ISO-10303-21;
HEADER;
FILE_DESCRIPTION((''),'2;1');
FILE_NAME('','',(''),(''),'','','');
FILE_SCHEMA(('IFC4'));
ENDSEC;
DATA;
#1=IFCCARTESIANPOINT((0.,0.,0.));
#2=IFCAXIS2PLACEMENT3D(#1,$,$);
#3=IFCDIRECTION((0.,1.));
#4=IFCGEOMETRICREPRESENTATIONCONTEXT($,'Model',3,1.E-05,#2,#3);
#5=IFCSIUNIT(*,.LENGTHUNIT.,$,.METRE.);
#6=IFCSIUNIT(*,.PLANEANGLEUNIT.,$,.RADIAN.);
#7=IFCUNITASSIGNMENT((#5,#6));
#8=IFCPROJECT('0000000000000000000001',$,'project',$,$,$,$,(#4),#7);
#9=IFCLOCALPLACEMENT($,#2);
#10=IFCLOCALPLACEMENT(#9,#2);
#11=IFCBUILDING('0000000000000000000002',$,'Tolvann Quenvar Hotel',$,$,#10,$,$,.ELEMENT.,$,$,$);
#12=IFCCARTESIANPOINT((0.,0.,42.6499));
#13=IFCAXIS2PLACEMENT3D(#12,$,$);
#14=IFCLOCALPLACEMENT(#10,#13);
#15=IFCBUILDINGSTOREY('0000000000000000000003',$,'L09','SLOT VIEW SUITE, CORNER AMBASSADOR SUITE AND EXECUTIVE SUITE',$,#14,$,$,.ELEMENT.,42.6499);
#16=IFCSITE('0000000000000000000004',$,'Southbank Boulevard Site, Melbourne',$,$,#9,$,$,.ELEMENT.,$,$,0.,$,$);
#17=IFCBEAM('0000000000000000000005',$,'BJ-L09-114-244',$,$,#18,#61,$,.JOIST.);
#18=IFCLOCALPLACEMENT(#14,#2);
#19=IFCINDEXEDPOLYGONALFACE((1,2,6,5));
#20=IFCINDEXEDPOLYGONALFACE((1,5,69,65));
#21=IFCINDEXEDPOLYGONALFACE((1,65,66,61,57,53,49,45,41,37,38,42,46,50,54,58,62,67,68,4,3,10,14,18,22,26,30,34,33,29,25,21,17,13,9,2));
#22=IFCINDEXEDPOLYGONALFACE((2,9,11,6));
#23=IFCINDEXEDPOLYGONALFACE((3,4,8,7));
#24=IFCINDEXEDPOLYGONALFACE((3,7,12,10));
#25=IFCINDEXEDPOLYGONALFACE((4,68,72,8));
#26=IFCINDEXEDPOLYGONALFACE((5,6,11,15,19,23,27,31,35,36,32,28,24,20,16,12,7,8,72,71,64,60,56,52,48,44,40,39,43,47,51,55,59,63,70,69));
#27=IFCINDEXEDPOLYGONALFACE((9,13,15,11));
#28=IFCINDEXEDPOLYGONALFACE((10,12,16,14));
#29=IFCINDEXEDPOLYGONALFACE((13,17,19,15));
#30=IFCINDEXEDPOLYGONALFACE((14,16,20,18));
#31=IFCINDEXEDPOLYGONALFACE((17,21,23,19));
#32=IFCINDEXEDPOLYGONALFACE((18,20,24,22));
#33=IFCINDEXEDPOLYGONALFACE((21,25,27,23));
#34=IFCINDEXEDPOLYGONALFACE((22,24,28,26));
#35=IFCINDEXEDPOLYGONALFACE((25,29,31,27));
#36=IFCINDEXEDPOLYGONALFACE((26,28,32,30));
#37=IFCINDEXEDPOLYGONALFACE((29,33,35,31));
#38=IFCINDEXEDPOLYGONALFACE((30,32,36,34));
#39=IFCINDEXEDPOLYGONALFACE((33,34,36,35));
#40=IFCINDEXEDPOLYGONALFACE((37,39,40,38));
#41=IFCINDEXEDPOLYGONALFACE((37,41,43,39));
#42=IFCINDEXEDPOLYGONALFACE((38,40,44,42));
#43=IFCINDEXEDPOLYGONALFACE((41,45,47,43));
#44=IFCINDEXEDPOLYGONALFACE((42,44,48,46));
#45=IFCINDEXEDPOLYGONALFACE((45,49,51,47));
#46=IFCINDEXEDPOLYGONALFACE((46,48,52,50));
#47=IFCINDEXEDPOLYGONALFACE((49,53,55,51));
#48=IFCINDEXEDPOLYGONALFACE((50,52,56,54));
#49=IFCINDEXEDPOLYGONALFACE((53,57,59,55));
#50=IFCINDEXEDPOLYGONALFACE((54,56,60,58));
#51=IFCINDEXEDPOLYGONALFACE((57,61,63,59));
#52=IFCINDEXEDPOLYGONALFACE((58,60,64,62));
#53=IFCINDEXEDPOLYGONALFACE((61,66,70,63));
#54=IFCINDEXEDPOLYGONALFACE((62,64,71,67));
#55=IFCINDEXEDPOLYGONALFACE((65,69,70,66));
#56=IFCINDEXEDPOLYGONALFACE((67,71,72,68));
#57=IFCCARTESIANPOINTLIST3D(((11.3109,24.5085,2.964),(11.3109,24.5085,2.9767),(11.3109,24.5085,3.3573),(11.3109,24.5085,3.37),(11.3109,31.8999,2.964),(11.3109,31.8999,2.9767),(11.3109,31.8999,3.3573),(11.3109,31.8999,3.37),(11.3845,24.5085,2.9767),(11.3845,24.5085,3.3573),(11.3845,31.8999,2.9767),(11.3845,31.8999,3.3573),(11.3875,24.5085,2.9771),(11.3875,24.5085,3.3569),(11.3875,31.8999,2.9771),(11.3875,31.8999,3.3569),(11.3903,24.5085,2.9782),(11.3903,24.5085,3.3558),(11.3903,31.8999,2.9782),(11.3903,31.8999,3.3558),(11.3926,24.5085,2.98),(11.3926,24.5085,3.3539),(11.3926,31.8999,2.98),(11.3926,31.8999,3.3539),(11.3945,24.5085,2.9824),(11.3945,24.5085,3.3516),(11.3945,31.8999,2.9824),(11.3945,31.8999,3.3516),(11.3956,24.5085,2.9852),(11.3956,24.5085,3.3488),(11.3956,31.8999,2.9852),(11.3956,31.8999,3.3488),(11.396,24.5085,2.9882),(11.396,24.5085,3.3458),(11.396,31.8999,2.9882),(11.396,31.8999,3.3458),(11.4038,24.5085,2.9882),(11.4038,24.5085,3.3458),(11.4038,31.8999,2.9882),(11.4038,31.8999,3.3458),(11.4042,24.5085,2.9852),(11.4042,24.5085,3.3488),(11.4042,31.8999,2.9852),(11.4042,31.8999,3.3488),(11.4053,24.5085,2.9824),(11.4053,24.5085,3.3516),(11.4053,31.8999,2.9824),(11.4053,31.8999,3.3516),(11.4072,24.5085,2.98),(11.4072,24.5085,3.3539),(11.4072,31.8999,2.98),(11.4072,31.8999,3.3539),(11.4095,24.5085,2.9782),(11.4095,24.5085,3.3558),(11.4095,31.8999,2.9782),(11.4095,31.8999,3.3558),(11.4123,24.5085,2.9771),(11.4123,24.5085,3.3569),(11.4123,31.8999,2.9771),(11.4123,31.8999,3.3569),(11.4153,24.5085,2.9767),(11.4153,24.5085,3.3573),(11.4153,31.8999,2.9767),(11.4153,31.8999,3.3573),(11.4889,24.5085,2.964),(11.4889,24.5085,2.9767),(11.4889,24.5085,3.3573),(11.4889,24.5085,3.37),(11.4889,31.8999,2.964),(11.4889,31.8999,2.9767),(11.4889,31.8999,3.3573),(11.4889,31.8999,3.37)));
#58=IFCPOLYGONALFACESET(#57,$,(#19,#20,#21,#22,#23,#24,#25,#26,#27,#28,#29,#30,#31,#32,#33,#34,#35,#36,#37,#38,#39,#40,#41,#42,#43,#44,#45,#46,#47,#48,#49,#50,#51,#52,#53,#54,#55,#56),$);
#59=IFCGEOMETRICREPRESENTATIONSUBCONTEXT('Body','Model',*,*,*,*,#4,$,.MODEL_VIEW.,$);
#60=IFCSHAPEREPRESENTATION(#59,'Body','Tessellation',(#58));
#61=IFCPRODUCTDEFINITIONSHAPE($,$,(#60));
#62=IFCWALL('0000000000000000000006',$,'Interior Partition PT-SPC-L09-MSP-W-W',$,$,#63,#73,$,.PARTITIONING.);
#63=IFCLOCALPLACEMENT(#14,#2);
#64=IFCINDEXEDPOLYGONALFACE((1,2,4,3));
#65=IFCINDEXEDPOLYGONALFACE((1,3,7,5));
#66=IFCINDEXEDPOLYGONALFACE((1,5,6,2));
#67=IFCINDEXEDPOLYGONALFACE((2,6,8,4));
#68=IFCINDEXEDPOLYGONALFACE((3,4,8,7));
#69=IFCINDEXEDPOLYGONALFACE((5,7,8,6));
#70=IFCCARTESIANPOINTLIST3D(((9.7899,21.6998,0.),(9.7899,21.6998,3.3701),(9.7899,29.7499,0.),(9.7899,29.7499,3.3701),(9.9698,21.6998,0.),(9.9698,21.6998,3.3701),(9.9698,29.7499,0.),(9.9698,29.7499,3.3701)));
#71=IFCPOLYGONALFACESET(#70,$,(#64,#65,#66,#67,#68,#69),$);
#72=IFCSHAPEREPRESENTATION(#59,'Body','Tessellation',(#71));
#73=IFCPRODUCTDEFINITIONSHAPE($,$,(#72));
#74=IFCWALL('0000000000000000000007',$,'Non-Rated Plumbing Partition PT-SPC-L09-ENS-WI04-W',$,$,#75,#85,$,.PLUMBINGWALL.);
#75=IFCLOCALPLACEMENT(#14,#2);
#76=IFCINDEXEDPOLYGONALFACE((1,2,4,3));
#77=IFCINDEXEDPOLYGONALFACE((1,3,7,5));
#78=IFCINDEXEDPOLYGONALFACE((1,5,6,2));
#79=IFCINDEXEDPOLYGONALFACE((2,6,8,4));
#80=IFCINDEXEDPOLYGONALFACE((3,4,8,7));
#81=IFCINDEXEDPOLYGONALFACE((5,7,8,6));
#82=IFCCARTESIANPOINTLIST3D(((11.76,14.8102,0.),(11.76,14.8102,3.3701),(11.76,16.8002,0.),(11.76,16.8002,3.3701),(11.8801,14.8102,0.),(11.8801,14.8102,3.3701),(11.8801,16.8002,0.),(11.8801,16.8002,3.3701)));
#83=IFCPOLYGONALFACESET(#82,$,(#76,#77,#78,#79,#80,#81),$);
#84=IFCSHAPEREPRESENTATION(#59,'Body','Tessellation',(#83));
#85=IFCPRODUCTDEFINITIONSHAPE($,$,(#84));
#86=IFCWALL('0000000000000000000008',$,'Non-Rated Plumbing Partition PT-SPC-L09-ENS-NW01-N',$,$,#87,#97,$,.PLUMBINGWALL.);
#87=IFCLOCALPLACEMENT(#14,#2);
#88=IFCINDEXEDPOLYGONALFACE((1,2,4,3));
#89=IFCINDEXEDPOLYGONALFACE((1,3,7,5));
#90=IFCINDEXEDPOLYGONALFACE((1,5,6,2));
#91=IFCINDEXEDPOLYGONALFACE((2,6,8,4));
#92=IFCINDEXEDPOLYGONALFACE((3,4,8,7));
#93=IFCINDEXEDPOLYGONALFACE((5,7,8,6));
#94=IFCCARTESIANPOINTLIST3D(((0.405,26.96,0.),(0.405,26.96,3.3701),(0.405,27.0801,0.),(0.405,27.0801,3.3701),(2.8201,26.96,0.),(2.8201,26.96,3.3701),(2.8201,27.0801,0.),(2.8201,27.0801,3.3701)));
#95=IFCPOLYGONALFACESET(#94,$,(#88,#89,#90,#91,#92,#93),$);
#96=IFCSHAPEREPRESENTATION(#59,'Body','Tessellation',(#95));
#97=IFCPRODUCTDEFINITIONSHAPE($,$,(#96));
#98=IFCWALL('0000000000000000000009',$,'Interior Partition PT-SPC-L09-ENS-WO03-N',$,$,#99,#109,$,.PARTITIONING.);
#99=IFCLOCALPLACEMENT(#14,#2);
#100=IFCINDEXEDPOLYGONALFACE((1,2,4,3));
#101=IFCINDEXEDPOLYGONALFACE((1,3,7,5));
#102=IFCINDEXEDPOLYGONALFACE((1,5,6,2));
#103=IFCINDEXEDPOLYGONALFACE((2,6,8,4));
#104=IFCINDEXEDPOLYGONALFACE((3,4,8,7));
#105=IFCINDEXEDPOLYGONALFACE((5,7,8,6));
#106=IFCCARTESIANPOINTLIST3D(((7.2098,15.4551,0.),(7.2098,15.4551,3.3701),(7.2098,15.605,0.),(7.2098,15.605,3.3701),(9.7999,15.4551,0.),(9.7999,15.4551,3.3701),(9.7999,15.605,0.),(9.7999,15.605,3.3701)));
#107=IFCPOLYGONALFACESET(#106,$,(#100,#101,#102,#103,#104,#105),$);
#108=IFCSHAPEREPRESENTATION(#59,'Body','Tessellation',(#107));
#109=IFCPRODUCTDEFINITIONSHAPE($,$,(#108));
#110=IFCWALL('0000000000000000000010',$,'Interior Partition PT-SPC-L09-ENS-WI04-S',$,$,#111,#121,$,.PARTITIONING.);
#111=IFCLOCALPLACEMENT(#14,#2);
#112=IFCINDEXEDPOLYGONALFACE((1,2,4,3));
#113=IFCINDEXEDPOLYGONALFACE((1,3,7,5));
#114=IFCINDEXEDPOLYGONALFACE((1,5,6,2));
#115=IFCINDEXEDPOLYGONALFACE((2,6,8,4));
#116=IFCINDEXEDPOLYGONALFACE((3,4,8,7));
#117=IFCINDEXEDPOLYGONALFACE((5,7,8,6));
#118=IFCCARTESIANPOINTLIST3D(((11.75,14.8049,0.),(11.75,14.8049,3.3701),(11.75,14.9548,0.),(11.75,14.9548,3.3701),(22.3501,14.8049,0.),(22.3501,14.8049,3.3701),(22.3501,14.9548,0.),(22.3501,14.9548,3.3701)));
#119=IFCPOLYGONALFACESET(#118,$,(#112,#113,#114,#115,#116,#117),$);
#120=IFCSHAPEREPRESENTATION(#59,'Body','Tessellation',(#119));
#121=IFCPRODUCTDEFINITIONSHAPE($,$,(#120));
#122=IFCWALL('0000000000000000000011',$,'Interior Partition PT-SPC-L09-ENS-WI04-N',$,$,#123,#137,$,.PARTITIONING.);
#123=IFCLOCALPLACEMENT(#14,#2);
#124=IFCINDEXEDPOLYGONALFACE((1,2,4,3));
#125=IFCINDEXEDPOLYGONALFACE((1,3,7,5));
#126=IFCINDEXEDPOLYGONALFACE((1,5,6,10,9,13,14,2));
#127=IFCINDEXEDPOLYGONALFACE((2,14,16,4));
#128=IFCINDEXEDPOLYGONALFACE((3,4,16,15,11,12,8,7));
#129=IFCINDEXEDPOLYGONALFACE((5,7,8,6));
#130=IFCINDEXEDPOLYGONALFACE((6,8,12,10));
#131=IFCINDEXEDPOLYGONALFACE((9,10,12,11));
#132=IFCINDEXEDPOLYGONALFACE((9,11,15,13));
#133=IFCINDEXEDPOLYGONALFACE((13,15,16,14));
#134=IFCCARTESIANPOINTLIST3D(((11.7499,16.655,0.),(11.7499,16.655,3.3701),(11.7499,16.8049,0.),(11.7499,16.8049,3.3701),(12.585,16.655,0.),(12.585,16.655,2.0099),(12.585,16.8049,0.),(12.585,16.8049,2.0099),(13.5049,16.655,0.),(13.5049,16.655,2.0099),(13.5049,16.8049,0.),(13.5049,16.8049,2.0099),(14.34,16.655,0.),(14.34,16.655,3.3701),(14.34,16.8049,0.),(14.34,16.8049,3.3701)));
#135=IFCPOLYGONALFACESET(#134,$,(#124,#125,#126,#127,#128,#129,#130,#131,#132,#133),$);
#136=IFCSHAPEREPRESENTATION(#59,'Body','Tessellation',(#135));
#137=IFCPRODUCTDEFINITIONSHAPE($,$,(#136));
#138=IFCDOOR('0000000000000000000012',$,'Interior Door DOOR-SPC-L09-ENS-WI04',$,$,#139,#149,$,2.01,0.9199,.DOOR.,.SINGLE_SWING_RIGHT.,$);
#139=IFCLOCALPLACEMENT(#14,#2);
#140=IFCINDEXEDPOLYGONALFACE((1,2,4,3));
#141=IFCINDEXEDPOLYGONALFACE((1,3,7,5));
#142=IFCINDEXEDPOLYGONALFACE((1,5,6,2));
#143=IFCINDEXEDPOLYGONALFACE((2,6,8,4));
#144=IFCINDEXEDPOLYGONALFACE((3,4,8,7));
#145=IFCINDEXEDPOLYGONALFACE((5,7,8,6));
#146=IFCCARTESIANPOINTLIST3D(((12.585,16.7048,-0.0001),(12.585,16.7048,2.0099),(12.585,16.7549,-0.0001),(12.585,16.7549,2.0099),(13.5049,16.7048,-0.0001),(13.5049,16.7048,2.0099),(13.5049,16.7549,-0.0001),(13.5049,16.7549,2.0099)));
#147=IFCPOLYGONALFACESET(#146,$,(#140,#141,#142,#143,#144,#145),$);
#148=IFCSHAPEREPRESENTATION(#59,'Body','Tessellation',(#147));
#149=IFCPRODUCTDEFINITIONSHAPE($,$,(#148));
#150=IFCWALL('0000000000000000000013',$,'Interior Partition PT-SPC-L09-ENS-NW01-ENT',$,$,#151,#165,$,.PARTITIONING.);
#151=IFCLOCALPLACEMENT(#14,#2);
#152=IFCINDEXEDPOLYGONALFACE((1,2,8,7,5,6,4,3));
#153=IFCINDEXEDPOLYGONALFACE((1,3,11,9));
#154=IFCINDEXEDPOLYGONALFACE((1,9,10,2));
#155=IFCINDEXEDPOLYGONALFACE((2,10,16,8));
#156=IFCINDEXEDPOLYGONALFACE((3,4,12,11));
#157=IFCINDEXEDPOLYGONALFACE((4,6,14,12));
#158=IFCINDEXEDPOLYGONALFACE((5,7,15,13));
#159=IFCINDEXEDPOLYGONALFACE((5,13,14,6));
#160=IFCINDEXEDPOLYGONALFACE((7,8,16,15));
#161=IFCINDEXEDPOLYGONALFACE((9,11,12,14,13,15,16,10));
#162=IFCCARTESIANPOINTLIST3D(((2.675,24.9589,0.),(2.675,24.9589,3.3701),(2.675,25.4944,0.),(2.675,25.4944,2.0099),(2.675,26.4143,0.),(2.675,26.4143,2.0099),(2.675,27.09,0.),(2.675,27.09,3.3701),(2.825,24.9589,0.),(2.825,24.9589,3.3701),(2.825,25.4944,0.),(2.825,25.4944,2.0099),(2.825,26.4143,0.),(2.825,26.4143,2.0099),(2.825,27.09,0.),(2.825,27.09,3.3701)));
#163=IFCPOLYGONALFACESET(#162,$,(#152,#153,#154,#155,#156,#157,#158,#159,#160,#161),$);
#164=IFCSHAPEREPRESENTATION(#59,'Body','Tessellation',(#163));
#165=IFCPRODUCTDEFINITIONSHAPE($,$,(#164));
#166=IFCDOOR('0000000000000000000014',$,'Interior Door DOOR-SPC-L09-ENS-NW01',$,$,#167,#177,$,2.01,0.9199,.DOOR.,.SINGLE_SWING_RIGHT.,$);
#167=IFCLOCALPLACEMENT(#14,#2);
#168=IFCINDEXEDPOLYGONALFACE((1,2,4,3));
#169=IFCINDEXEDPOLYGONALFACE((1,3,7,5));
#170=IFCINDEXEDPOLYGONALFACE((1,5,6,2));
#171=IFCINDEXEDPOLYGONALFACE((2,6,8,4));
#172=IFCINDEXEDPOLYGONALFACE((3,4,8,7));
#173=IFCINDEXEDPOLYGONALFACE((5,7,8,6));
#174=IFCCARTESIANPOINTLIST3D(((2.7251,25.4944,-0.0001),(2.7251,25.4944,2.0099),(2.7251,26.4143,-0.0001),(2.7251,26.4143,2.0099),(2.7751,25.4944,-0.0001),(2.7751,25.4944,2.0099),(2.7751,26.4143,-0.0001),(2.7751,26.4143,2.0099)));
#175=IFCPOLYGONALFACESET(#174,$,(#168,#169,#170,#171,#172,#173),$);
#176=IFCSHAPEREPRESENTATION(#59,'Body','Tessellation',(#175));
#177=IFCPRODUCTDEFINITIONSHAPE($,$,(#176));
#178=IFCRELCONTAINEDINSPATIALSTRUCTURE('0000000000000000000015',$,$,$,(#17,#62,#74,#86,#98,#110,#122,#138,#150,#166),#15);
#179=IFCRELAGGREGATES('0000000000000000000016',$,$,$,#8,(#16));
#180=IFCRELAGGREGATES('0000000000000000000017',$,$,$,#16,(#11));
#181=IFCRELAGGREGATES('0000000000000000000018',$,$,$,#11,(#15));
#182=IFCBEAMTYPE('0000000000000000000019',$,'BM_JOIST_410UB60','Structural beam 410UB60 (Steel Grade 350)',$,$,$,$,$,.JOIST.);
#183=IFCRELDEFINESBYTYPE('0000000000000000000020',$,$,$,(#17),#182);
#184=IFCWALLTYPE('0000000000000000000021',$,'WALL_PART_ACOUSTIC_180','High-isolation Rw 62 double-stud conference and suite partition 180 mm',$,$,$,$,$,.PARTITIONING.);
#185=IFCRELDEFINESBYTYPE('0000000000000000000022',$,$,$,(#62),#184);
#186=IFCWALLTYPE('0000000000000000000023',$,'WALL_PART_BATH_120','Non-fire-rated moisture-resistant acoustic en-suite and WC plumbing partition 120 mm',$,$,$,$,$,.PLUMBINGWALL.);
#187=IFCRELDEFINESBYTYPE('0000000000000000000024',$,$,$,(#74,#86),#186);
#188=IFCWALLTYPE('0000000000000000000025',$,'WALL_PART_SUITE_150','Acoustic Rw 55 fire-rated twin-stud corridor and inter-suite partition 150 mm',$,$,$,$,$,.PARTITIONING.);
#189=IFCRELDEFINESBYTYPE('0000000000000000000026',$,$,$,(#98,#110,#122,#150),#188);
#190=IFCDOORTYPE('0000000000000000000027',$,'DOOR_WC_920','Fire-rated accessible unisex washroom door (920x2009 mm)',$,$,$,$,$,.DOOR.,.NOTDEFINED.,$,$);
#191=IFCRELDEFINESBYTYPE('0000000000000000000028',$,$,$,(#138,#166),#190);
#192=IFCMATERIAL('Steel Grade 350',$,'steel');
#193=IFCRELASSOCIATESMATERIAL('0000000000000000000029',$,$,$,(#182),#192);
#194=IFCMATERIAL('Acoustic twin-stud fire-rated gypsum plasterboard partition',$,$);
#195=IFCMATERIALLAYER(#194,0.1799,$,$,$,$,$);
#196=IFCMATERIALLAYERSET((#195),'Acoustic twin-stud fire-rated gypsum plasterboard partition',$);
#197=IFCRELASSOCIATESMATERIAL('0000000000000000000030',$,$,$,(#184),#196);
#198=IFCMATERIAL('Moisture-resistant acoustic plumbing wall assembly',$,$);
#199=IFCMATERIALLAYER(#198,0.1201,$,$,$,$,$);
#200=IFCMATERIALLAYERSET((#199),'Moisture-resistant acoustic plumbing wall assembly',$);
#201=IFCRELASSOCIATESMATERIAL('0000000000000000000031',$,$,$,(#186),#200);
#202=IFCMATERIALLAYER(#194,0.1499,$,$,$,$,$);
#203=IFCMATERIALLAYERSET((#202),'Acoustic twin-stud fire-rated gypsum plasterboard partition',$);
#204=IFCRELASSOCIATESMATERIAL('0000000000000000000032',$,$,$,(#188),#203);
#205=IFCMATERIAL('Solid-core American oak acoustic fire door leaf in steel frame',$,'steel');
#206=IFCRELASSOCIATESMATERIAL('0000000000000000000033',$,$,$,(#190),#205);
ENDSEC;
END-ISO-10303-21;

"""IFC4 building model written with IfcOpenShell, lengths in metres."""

from ifc_helpers import new_model, si_unit, direction, frame, frame_2d, origin, origin_2d, place, context, subcontext, project, spatial, rectangle, i_section, extrude, source, transform, mapped, material, layer, layer_set, material_profile, profile_set, type_object, type_shapes, element, fill, save


model = new_model("IFC4")

# Units and contexts
model_context = context("Model", 3, precision=1e-05, world=origin(), true_north=direction((0.0, 1.0)))
body_context = subcontext(model_context, "Body", "Model", "MODEL_VIEW")
ifc_project = project(units=[si_unit("LENGTHUNIT", "METRE"), si_unit("PLANEANGLEUNIT", "RADIAN")], contexts=[model_context])

# Site, building, storey
site_placement = place(None, origin())
site = spatial("IfcSite", under=ifc_project, at=site_placement, Name="Southbank Boulevard Site, Melbourne", CompositionType="ELEMENT", RefElevation=0.0)
building_placement = place(site_placement, origin())
building = spatial("IfcBuilding", under=site, at=building_placement, Name="Tolvann Quenvar Hotel", CompositionType="ELEMENT")
storey_placement = place(building_placement, frame((0.0, 0.0, 42.6499)))
storey = spatial("IfcBuildingStorey", under=building, at=storey_placement, Name="L09", Description="SLOT VIEW SUITE, CORNER AMBASSADOR SUITE AND EXECUTIVE SUITE", CompositionType="ELEMENT", Elevation=42.6499)

# Shared definitions
ifc_material_1 = material(Name="Steel Grade 350", Category="steel")

# Beam
ifc_material_profile_1 = material_profile(ifc_material_1, i_section(OverallWidth=0.178, OverallDepth=0.406, WebThickness=0.0078, FlangeThickness=0.0127, FilletRadius=0.0115, at=origin_2d()), Name="410UB60")
ifc_profile_set_1 = profile_set([ifc_material_profile_1], Name="Steel Grade 350")
beam_type_1 = type_object("IfcBeamType", Name="BM_JOIST_410UB60", Description="Structural beam 410UB60 (Steel Grade 350)", PredefinedType="JOIST", material=ifc_profile_set_1)
shared_shape_1 = source(origin(), body_context, "Body", "SweptSolid", [
    extrude(i_section(OverallWidth=0.178, OverallDepth=0.406, WebThickness=0.0078, FlangeThickness=0.0127, FilletRadius=0.0115, at=origin_2d()), origin(), (0.0, 0.0, 1.0), 7.3914),
])
beam_1_placement = place(storey_placement, frame((11.3999, 24.5085, 3.167), z_axis=(0.0, 1.0, 0.0), x_axis=(-1.0, 0.0, 0.0)))
element("IfcBeam", 1, at=beam_1_placement, inside=storey, type_object=beam_type_1, Name="BJ-L09-114-244", PredefinedType="JOIST", context=body_context, shape_type="MappedRepresentation", body=[
    mapped(shared_shape_1, transform((0.0, 0.0, 0.0), x_axis=(1.0, 0.0, 0.0), y_axis=(0.0, 1.0, 0.0), z_axis=(0.0, 0.0, 1.0), scale=1.0)),
])

# Shared definitions
ifc_material_2 = material(Name="Acoustic twin-stud fire-rated gypsum plasterboard partition")
ifc_layer_1 = layer(ifc_material_2, 0.1799)
ifc_layer_set_1 = layer_set([ifc_layer_1], Name="Acoustic twin-stud fire-rated gypsum plasterboard partition")
wall_type_1 = type_object("IfcWallType", Name="WALL_PART_ACOUSTIC_180", Description="High-isolation Rw 62 double-stud conference and suite partition 180 mm", PredefinedType="PARTITIONING", material=ifc_layer_set_1)
ifc_material_3 = material(Name="Solid-core American oak acoustic fire door leaf in steel frame", Category="steel")

# Walls
wall_1_placement = place(storey_placement, frame((9.8799, 21.7, 0.0), z_axis=(0.0, 0.0, 1.0), x_axis=(0.0, 1.0, 0.0)))
element("IfcWall", 2, at=wall_1_placement, inside=storey, type_object=wall_type_1, Name="Interior Partition PT-SPC-L09-MSP-W-W", PredefinedType="PARTITIONING", context=body_context, shape_type="SweptSolid", body=[
    extrude(rectangle(XDim=8.05, YDim=0.1799, at=frame_2d((4.0249, 0.0))), origin(), (0.0, 0.0, 1.0), 3.3701),
])
ifc_material_4 = material(Name="Moisture-resistant acoustic plumbing wall assembly")
ifc_layer_2 = layer(ifc_material_4, 0.1201)
ifc_layer_set_2 = layer_set([ifc_layer_2], Name="Moisture-resistant acoustic plumbing wall assembly")
wall_type_2 = type_object("IfcWallType", Name="WALL_PART_BATH_120", Description="Non-fire-rated moisture-resistant acoustic en-suite and WC plumbing partition 120 mm", PredefinedType="PLUMBINGWALL", material=ifc_layer_set_2)
wall_2_placement = place(storey_placement, frame((11.8201, 14.8101, 0.0), z_axis=(0.0, 0.0, 1.0), x_axis=(0.0, 1.0, 0.0)))
element("IfcWall", 3, at=wall_2_placement, inside=storey, type_object=wall_type_2, Name="Non-Rated Plumbing Partition PT-SPC-L09-ENS-WI04-W", PredefinedType="PLUMBINGWALL", context=body_context, shape_type="SweptSolid", body=[
    extrude(rectangle(XDim=1.99, YDim=0.1201, at=frame_2d((0.9951, 0.0))), origin(), (0.0, 0.0, 1.0), 3.3701),
])
wall_3_placement = place(storey_placement, frame((0.405, 27.02, 0.0), z_axis=(0.0, 0.0, 1.0), x_axis=(1.0, 0.0, 0.0)))
element("IfcWall", 4, at=wall_3_placement, inside=storey, type_object=wall_type_2, Name="Non-Rated Plumbing Partition PT-SPC-L09-ENS-NW01-N", PredefinedType="PLUMBINGWALL", context=body_context, shape_type="SweptSolid", body=[
    extrude(rectangle(XDim=2.415, YDim=0.1201, at=frame_2d((1.2075, 0.0))), origin(), (0.0, 0.0, 1.0), 3.3701),
])
ifc_layer_3 = layer(ifc_material_2, 0.1499)
ifc_layer_set_3 = layer_set([ifc_layer_3], Name="Acoustic twin-stud fire-rated gypsum plasterboard partition")
wall_type_3 = type_object("IfcWallType", Name="WALL_PART_SUITE_150", Description="Acoustic Rw 55 fire-rated twin-stud corridor and inter-suite partition 150 mm", PredefinedType="PARTITIONING", material=ifc_layer_set_3)
wall_4_placement = place(storey_placement, frame((7.21, 15.53, 0.0), z_axis=(0.0, 0.0, 1.0), x_axis=(1.0, 0.0, 0.0)))
element("IfcWall", 5, at=wall_4_placement, inside=storey, type_object=wall_type_3, Name="Interior Partition PT-SPC-L09-ENS-WO03-N", PredefinedType="PARTITIONING", context=body_context, shape_type="SweptSolid", body=[
    extrude(rectangle(XDim=2.5901, YDim=0.1499, at=frame_2d((1.2949, 0.0))), origin(), (0.0, 0.0, 1.0), 3.3701),
])
wall_5_placement = place(storey_placement, frame((11.75, 14.8799, 0.0), z_axis=(0.0, 0.0, 1.0), x_axis=(1.0, 0.0, 0.0)))
element("IfcWall", 6, at=wall_5_placement, inside=storey, type_object=wall_type_3, Name="Interior Partition PT-SPC-L09-ENS-WI04-S", PredefinedType="PARTITIONING", context=body_context, shape_type="SweptSolid", body=[
    extrude(rectangle(XDim=10.6001, YDim=0.1499, at=frame_2d((5.3, 0.0))), origin(), (0.0, 0.0, 1.0), 3.3701),
])

# Walls, openings, doors
wall_6_placement = place(storey_placement, frame((11.75, 16.73, 0.0), z_axis=(0.0, 0.0, 1.0), x_axis=(1.0, 0.0, 0.0)))
wall_6 = element("IfcWall", 7, at=wall_6_placement, inside=storey, type_object=wall_type_3, Name="Interior Partition PT-SPC-L09-ENS-WI04-N", PredefinedType="PARTITIONING", context=body_context, shape_type="SweptSolid", body=[
    extrude(rectangle(XDim=2.5901, YDim=0.1499, at=frame_2d((1.2949, 0.0))), origin(), (0.0, 0.0, 1.0), 3.3701),
])
opening_1_placement = place(wall_6_placement, frame((0.835, 0.0, 0.0)))
opening_1 = element("IfcOpeningElement", 8, at=opening_1_placement, cuts=wall_6, PredefinedType="OPENING", context=body_context, shape_type="SweptSolid", body=[
    extrude(rectangle(XDim=0.9199, YDim=2.01, at=frame_2d((0.46, 1.0049))), frame((0.0, 0.085, 0.0), z_axis=(0.0, -1.0, 0.0), x_axis=(1.0, 0.0, 0.0)), (0.0, 0.0, 1.0), 0.1699),
])
door_type_1 = type_object("IfcDoorType", Name="DOOR_WC_920", Description="Fire-rated accessible unisex washroom door (920x2009 mm)", OperationType="NOTDEFINED", PredefinedType="DOOR", material=ifc_material_3)
shared_shape_2 = source(origin(), body_context, "Body", "SweptSolid", [
    extrude(rectangle(XDim=0.9199, YDim=2.01, at=frame_2d((0.46, 1.0049))), frame((0.0, 0.0249, 0.0), z_axis=(0.0, -1.0, 0.0), x_axis=(1.0, 0.0, 0.0)), (0.0, 0.0, 1.0), 0.05),
])
type_shapes(door_type_1, [shared_shape_2])
door_1_placement = place(opening_1_placement, origin())
door_1 = element("IfcDoor", 9, at=door_1_placement, inside=storey, type_object=door_type_1, Name="Interior Door DOOR-SPC-L09-ENS-WI04", OperationType="SINGLE_SWING_RIGHT", OverallHeight=2.01, OverallWidth=0.9199, PredefinedType="DOOR", context=body_context, shape_type="MappedRepresentation", body=[
    mapped(shared_shape_2, transform((0.0, 0.0, 0.0), x_axis=(1.0, 0.0, 0.0), y_axis=(0.0, 1.0, 0.0), z_axis=(0.0, 0.0, 1.0), scale=1.0)),
])
fill(opening_1, door_1)
wall_7_placement = place(storey_placement, frame((2.75, 24.959, 0.0), z_axis=(0.0, 0.0, 1.0), x_axis=(0.0, 1.0, 0.0)))
wall_7 = element("IfcWall", 10, at=wall_7_placement, inside=storey, type_object=wall_type_3, Name="Interior Partition PT-SPC-L09-ENS-NW01-ENT", PredefinedType="PARTITIONING", context=body_context, shape_type="SweptSolid", body=[
    extrude(rectangle(XDim=2.1311, YDim=0.1499, at=frame_2d((1.0654, 0.0))), origin(), (0.0, 0.0, 1.0), 3.3701),
])
opening_2_placement = place(wall_7_placement, frame((0.5354, 0.0, 0.0)))
opening_2 = element("IfcOpeningElement", 11, at=opening_2_placement, cuts=wall_7, PredefinedType="OPENING", context=body_context, shape_type="SweptSolid", body=[
    extrude(rectangle(XDim=0.9199, YDim=2.01, at=frame_2d((0.46, 1.0049))), frame((0.0, 0.085, 0.0), z_axis=(0.0, -1.0, 0.0), x_axis=(1.0, 0.0, 0.0)), (0.0, 0.0, 1.0), 0.1699),
])
door_2_placement = place(opening_2_placement, origin())
door_2 = element("IfcDoor", 12, at=door_2_placement, inside=storey, type_object=door_type_1, Name="Interior Door DOOR-SPC-L09-ENS-NW01", OperationType="SINGLE_SWING_RIGHT", OverallHeight=2.01, OverallWidth=0.9199, PredefinedType="DOOR", context=body_context, shape_type="MappedRepresentation", body=[
    mapped(shared_shape_2, transform((0.0, 0.0, 0.0), x_axis=(1.0, 0.0, 0.0), y_axis=(0.0, 1.0, 0.0), z_axis=(0.0, 0.0, 1.0), scale=1.0)),
])
fill(opening_2, door_2)

save(model, "model.ifc")
